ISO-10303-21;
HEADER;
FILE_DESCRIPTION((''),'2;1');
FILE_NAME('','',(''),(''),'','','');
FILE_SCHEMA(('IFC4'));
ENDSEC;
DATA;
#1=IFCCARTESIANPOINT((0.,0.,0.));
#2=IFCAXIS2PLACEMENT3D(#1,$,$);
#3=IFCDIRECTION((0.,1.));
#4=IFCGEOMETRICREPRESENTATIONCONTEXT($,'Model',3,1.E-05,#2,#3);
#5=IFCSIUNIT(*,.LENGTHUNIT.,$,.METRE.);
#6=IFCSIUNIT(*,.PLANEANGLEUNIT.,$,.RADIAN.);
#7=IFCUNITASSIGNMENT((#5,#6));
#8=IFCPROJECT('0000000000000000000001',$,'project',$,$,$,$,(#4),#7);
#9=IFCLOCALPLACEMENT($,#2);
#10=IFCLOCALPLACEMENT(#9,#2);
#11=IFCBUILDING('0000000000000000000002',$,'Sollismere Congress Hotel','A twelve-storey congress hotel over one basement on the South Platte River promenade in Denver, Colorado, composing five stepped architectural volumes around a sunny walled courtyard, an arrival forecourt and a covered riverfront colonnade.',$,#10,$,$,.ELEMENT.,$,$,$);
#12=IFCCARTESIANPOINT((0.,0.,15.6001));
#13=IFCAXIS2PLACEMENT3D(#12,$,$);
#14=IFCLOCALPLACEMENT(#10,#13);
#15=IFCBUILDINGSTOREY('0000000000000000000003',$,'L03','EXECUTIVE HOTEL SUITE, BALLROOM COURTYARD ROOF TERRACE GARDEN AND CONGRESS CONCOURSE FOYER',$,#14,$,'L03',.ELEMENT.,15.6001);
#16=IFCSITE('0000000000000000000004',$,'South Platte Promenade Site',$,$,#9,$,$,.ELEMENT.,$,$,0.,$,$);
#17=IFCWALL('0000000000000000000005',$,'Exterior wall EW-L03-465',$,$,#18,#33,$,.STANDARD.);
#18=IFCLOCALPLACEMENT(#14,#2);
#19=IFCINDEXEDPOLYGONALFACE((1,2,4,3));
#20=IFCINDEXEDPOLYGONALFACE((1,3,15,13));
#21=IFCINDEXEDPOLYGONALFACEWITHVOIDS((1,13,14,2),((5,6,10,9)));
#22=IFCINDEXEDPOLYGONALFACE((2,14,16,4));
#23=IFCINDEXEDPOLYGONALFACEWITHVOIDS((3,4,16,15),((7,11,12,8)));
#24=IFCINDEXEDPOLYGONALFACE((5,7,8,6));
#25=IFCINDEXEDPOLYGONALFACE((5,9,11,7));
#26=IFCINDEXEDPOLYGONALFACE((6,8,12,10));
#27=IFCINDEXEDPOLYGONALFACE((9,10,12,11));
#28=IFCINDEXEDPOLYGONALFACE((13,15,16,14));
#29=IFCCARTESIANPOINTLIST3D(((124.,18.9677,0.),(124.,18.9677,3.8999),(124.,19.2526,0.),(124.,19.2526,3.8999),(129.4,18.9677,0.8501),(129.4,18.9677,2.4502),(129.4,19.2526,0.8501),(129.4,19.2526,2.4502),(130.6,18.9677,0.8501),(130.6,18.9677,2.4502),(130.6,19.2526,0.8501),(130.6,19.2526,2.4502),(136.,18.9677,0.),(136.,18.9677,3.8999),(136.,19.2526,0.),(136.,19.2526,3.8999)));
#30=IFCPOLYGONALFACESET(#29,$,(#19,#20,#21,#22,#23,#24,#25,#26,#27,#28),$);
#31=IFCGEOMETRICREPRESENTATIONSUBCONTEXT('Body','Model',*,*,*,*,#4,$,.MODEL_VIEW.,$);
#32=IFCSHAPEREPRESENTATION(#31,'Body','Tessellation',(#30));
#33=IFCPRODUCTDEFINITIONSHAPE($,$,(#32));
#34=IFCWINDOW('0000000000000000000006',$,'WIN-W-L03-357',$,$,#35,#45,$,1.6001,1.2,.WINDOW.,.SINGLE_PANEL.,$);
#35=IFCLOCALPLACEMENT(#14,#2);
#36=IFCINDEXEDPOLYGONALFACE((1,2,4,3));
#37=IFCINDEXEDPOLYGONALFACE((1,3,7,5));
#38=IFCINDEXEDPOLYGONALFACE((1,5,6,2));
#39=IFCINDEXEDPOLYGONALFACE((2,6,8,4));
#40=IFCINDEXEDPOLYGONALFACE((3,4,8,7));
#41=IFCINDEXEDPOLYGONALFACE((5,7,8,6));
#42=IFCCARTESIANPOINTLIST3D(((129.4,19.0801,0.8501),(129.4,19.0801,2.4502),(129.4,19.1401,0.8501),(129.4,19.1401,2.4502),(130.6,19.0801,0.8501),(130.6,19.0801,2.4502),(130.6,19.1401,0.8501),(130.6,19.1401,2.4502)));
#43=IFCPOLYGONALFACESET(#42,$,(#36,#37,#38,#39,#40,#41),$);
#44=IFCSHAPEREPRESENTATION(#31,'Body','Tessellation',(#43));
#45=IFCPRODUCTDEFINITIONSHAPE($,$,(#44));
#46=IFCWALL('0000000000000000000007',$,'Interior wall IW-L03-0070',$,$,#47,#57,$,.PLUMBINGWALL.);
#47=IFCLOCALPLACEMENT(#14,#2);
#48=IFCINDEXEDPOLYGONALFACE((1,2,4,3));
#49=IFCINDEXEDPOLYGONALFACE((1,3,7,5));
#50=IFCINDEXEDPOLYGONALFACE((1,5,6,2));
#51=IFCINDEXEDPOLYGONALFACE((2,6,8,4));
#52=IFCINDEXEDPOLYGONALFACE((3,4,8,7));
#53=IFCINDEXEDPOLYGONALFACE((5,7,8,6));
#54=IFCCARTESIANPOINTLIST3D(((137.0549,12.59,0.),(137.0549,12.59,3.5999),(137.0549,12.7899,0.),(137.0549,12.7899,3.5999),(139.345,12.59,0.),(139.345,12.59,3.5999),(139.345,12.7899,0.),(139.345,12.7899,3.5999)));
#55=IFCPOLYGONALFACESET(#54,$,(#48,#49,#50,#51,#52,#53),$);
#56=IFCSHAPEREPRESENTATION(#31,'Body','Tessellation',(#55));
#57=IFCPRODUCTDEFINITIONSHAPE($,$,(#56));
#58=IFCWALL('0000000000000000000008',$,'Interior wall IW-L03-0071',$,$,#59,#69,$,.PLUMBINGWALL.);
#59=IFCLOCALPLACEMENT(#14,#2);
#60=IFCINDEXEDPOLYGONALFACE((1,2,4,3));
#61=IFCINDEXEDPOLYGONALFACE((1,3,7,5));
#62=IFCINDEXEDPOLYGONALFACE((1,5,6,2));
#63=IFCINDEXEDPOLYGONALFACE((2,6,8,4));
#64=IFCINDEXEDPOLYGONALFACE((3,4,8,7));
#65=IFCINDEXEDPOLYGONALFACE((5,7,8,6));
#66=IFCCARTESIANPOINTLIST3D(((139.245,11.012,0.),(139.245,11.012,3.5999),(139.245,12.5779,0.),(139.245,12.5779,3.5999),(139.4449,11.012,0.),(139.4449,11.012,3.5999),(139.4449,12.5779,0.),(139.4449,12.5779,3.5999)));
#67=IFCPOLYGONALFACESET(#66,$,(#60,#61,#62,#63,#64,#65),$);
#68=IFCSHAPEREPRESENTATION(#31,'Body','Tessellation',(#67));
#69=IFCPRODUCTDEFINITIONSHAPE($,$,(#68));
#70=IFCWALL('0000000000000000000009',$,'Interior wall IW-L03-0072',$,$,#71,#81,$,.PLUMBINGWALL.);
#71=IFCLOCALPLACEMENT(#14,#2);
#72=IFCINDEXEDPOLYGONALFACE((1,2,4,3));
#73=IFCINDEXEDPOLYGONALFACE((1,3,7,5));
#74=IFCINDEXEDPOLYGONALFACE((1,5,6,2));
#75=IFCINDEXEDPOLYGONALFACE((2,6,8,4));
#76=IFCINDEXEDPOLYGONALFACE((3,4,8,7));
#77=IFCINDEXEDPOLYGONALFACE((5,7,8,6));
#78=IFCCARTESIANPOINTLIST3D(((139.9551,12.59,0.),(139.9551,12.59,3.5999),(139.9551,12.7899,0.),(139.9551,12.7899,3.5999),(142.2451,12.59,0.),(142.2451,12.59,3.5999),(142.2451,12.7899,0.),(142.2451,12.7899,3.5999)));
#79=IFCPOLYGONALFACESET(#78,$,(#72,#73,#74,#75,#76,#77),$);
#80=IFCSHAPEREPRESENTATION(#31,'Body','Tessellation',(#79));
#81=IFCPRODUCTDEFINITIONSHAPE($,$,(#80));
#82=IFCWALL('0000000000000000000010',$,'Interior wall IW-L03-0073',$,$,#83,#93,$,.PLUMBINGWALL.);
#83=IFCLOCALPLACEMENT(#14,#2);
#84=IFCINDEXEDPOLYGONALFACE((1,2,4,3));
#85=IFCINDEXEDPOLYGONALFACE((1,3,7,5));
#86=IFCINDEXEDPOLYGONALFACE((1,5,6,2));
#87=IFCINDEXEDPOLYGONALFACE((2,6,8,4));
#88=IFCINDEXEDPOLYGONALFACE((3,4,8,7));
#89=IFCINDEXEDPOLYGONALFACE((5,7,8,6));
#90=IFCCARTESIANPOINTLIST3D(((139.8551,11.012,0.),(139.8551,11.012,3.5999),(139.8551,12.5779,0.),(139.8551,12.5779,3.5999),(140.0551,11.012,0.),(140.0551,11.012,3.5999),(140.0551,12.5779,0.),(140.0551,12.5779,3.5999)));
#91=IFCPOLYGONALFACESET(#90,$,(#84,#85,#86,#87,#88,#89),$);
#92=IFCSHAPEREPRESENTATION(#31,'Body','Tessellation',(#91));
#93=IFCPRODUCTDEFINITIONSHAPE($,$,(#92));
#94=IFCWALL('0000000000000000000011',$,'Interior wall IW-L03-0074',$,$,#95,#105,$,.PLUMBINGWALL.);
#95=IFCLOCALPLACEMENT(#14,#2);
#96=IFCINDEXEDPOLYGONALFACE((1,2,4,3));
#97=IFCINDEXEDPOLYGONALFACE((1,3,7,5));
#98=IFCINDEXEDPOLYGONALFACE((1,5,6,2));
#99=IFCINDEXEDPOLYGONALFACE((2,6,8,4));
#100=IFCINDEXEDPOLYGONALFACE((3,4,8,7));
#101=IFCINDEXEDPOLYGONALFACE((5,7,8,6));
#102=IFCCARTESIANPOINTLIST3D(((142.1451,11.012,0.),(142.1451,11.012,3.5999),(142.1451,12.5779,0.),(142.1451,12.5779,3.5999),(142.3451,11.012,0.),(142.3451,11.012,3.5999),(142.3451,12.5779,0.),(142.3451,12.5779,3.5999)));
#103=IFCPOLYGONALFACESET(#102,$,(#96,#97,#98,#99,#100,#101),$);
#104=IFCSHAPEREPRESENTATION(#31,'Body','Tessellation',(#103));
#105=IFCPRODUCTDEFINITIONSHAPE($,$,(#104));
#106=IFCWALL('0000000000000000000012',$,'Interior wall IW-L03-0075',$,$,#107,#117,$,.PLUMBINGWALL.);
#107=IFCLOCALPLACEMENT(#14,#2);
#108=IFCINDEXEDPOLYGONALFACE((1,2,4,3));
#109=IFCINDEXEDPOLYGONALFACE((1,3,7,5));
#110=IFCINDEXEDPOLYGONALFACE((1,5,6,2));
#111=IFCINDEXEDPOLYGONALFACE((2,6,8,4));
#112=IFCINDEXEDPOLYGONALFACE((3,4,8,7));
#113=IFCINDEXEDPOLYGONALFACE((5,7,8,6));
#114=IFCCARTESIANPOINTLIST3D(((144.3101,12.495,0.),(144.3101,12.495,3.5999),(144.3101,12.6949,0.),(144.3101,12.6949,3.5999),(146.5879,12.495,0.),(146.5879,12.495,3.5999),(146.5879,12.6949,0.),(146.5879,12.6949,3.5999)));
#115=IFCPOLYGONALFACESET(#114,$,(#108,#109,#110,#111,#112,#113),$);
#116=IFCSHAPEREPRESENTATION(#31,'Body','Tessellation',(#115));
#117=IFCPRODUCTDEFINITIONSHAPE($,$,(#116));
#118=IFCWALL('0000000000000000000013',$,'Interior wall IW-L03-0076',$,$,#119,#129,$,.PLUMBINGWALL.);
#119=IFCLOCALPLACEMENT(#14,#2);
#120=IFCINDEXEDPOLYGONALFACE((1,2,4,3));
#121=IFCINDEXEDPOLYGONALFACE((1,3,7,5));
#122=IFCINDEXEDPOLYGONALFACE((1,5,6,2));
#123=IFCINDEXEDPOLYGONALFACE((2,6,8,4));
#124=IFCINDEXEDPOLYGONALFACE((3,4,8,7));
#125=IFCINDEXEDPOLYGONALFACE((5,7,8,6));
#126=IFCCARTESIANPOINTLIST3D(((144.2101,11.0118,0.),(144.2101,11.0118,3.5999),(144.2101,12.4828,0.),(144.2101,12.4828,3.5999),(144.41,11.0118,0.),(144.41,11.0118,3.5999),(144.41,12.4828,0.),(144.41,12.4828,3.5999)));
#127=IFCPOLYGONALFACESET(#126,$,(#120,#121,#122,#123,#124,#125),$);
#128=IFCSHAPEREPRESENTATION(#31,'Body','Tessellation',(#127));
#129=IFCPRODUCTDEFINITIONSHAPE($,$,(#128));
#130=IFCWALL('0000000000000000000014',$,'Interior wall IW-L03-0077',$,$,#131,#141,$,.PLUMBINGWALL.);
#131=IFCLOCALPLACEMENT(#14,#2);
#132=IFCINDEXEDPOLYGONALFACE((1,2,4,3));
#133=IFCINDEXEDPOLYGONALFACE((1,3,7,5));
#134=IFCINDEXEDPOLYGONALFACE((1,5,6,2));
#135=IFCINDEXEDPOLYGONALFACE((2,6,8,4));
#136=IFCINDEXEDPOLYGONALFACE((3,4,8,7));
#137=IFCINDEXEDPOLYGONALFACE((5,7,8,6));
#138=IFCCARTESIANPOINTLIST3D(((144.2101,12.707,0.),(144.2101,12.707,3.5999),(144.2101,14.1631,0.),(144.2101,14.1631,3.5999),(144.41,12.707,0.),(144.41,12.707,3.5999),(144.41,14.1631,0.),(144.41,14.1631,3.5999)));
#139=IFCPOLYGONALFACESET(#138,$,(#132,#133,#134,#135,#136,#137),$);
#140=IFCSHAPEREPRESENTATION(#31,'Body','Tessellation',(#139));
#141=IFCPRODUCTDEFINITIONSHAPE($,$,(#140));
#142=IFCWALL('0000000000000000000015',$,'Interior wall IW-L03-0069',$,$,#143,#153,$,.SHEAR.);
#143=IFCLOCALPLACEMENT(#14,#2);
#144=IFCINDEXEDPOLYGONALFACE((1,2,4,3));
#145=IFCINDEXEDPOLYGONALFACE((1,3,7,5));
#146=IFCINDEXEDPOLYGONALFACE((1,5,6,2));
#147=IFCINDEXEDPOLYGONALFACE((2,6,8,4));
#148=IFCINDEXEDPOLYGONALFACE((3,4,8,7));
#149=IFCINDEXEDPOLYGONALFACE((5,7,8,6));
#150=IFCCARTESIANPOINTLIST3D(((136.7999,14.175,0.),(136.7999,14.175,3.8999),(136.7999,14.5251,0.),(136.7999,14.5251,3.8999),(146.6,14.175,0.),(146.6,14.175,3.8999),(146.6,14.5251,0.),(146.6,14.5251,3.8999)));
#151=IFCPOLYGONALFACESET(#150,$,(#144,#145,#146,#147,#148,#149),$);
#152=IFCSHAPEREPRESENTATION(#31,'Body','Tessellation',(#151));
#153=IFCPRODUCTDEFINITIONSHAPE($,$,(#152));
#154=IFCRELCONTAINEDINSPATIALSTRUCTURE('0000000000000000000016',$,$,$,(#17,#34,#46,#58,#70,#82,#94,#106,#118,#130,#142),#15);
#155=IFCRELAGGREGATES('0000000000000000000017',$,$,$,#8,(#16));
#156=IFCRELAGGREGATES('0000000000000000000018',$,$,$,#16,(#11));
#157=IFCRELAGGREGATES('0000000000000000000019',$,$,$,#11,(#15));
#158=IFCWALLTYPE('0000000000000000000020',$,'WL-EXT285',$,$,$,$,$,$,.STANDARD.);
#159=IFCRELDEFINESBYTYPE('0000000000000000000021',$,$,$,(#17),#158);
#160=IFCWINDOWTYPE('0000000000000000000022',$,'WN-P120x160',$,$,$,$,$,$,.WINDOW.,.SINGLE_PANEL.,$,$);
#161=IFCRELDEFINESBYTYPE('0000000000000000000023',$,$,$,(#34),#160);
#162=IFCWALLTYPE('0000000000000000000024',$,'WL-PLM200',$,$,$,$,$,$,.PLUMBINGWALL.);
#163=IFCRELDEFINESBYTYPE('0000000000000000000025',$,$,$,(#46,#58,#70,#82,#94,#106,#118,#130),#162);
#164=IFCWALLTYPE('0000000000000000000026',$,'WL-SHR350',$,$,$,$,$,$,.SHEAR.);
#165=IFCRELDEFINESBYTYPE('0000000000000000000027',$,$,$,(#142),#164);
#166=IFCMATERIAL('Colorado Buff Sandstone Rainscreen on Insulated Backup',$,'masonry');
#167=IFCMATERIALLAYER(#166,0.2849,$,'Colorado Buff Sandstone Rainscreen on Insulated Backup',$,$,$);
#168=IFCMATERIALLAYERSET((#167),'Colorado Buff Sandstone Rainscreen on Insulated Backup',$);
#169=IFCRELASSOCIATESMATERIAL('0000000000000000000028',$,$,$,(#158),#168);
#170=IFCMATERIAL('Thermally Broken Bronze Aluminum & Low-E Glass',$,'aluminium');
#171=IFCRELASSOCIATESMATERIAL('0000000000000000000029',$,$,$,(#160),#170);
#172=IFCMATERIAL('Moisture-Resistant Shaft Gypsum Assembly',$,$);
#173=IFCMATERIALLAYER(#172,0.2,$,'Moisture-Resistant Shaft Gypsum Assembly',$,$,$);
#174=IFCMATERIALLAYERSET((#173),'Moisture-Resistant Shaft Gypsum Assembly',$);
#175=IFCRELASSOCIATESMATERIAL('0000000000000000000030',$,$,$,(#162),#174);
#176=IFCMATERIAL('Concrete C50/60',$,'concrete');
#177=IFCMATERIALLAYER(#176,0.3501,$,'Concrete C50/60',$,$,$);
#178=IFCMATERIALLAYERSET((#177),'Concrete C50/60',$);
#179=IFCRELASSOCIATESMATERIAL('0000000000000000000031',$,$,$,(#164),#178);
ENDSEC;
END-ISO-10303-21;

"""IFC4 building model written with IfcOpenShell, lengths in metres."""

from ifc_helpers import new_model, si_unit, direction, frame, frame_2d, origin, place, context, subcontext, project, spatial, rectangle, extrude, material, layer, layer_set, type_object, element, fill, save


model = new_model("IFC4")

# Units and contexts
model_context = context("Model", 3, precision=1e-05, world=origin(), true_north=direction((0.0, 1.0)))
body_context = subcontext(model_context, "Body", "Model", "MODEL_VIEW")
ifc_project = project(units=[si_unit("LENGTHUNIT", "METRE"), si_unit("PLANEANGLEUNIT", "RADIAN")], contexts=[model_context])

# Site, building, storey
site_placement = place(None, origin())
site = spatial("IfcSite", under=ifc_project, at=site_placement, Name="South Platte Promenade Site", CompositionType="ELEMENT", RefElevation=0.0)
building_placement = place(site_placement, origin())
building = spatial("IfcBuilding", under=site, at=building_placement, Name="Sollismere Congress Hotel", Description="A twelve-storey congress hotel over one basement on the South Platte River promenade in Denver, Colorado, composing five stepped architectural volumes around a sunny walled courtyard, an arrival forecourt and a covered riverfront colonnade.", CompositionType="ELEMENT")
storey_placement = place(building_placement, frame((0.0, 0.0, 15.6001)))
storey = spatial("IfcBuildingStorey", under=building, at=storey_placement, Name="L03", Description="EXECUTIVE HOTEL SUITE, BALLROOM COURTYARD ROOF TERRACE GARDEN AND CONGRESS CONCOURSE FOYER", LongName="L03", CompositionType="ELEMENT", Elevation=15.6001)

# Wall, opening, window
ifc_material_1 = material(Name="Colorado Buff Sandstone Rainscreen on Insulated Backup", Category="masonry")
ifc_layer_1 = layer(ifc_material_1, 0.2849, Name="Colorado Buff Sandstone Rainscreen on Insulated Backup")
ifc_layer_set_1 = layer_set([ifc_layer_1], Name="Colorado Buff Sandstone Rainscreen on Insulated Backup")
wall_type_1 = type_object("IfcWallType", Name="WL-EXT285", PredefinedType="STANDARD", material=ifc_layer_set_1)
wall_1_placement = place(storey_placement, frame((136.0, 19.1101, 0.0), z_axis=(0.0, 0.0, 1.0), x_axis=(-1.0, 0.0, 0.0)))
wall_1 = element("IfcWall", 1, at=wall_1_placement, inside=storey, type_object=wall_type_1, Name="Exterior wall EW-L03-465", PredefinedType="STANDARD", context=body_context, shape_type="SweptSolid", body=[
    extrude(rectangle(XDim=12.0, YDim=0.2849, at=frame_2d((6.0, 0.0))), origin(), (0.0, 0.0, 1.0), 3.8999),
])
opening_1_placement = place(wall_1_placement, frame((5.3999, 0.0, 0.8501)))
opening_1 = element("IfcOpeningElement", 2, at=opening_1_placement, cuts=wall_1, PredefinedType="OPENING", context=body_context, shape_type="SweptSolid", body=[
    extrude(rectangle(XDim=1.2, YDim=1.6001, at=frame_2d((0.6001, 0.8))), frame((0.0, 0.1523, 0.0), z_axis=(0.0, -1.0, 0.0), x_axis=(1.0, 0.0, 0.0)), (0.0, 0.0, 1.0), 0.3049),
])
ifc_material_2 = material(Name="Thermally Broken Bronze Aluminum & Low-E Glass", Category="aluminium")
window_type = type_object("IfcWindowType", Name="WN-P120x160", PartitioningType="SINGLE_PANEL", PredefinedType="WINDOW", material=ifc_material_2)
window_placement = place(opening_1_placement, origin())
window = element("IfcWindow", 3, at=window_placement, inside=storey, type_object=window_type, Name="WIN-W-L03-357", OverallHeight=1.6001, OverallWidth=1.2, PartitioningType="SINGLE_PANEL", PredefinedType="WINDOW", context=body_context, shape_type="SweptSolid", body=[
    extrude(rectangle(XDim=1.2, YDim=1.6001, at=frame_2d((0.6001, 0.8))), frame((0.0, 0.03, 0.0), z_axis=(0.0, -1.0, 0.0), x_axis=(1.0, 0.0, 0.0)), (0.0, 0.0, 1.0), 0.0601),
])
fill(opening_1, window)

# Walls
ifc_material_3 = material(Name="Moisture-Resistant Shaft Gypsum Assembly")
ifc_layer_2 = layer(ifc_material_3, 0.2, Name="Moisture-Resistant Shaft Gypsum Assembly")
ifc_layer_set_2 = layer_set([ifc_layer_2], Name="Moisture-Resistant Shaft Gypsum Assembly")
wall_type_2 = type_object("IfcWallType", Name="WL-PLM200", PredefinedType="PLUMBINGWALL", material=ifc_layer_set_2)
wall_2_placement = place(storey_placement, frame((137.0549, 12.6899, 0.0), z_axis=(0.0, 0.0, 1.0), x_axis=(1.0, 0.0, 0.0)))
element("IfcWall", 4, at=wall_2_placement, inside=storey, type_object=wall_type_2, Name="Interior wall IW-L03-0070", PredefinedType="PLUMBINGWALL", context=body_context, shape_type="SweptSolid", body=[
    extrude(rectangle(XDim=2.29, YDim=0.2, at=frame_2d((1.145, 0.0))), origin(), (0.0, 0.0, 1.0), 3.5999),
])
wall_3_placement = place(storey_placement, frame((139.345, 11.012, 0.0), z_axis=(0.0, 0.0, 1.0), x_axis=(0.0, 1.0, 0.0)))
element("IfcWall", 5, at=wall_3_placement, inside=storey, type_object=wall_type_2, Name="Interior wall IW-L03-0071", PredefinedType="PLUMBINGWALL", context=body_context, shape_type="SweptSolid", body=[
    extrude(rectangle(XDim=1.5659, YDim=0.2, at=frame_2d((0.783, 0.0))), origin(), (0.0, 0.0, 1.0), 3.5999),
])
wall_4_placement = place(storey_placement, frame((139.9551, 12.6899, 0.0), z_axis=(0.0, 0.0, 1.0), x_axis=(1.0, 0.0, 0.0)))
element("IfcWall", 6, at=wall_4_placement, inside=storey, type_object=wall_type_2, Name="Interior wall IW-L03-0072", PredefinedType="PLUMBINGWALL", context=body_context, shape_type="SweptSolid", body=[
    extrude(rectangle(XDim=2.29, YDim=0.2, at=frame_2d((1.145, 0.0))), origin(), (0.0, 0.0, 1.0), 3.5999),
])
for number, where, z_axis, x_axis, name in (
    (7, (139.9551, 11.012, 0.0), (0.0, 0.0, 1.0), (0.0, 1.0, 0.0), "Interior wall IW-L03-0073"),
    (8, (142.2451, 11.012, 0.0), (0.0, 0.0, 1.0), (0.0, 1.0, 0.0), "Interior wall IW-L03-0074"),
):
    element("IfcWall", number, at=place(storey_placement, frame(where, z_axis=z_axis, x_axis=x_axis)), inside=storey, type_object=wall_type_2, Name=name, PredefinedType="PLUMBINGWALL", context=body_context, shape_type="SweptSolid", body=[
        extrude(rectangle(XDim=1.5659, YDim=0.2, at=frame_2d((0.783, 0.0))), origin(), (0.0, 0.0, 1.0), 3.5999),
    ])
wall_5_placement = place(storey_placement, frame((144.3101, 12.595, 0.0), z_axis=(0.0, 0.0, 1.0), x_axis=(1.0, 0.0, 0.0)))
element("IfcWall", 9, at=wall_5_placement, inside=storey, type_object=wall_type_2, Name="Interior wall IW-L03-0075", PredefinedType="PLUMBINGWALL", context=body_context, shape_type="SweptSolid", body=[
    extrude(rectangle(XDim=2.2778, YDim=0.2, at=frame_2d((1.1389, 0.0))), origin(), (0.0, 0.0, 1.0), 3.5999),
])
wall_6_placement = place(storey_placement, frame((144.3101, 11.012, 0.0), z_axis=(0.0, 0.0, 1.0), x_axis=(0.0, 1.0, 0.0)))
element("IfcWall", 10, at=wall_6_placement, inside=storey, type_object=wall_type_2, Name="Interior wall IW-L03-0076", PredefinedType="PLUMBINGWALL", context=body_context, shape_type="SweptSolid", body=[
    extrude(rectangle(XDim=1.4709, YDim=0.2, at=frame_2d((0.7354, 0.0))), origin(), (0.0, 0.0, 1.0), 3.5999),
])
wall_7_placement = place(storey_placement, frame((144.3101, 12.707, 0.0), z_axis=(0.0, 0.0, 1.0), x_axis=(0.0, 1.0, 0.0)))
element("IfcWall", 11, at=wall_7_placement, inside=storey, type_object=wall_type_2, Name="Interior wall IW-L03-0077", PredefinedType="PLUMBINGWALL", context=body_context, shape_type="SweptSolid", body=[
    extrude(rectangle(XDim=1.4561, YDim=0.2, at=frame_2d((0.728, 0.0))), origin(), (0.0, 0.0, 1.0), 3.5999),
])
ifc_material_4 = material(Name="Concrete C50/60", Category="concrete")
ifc_layer_3 = layer(ifc_material_4, 0.3501, Name="Concrete C50/60")
ifc_layer_set_3 = layer_set([ifc_layer_3], Name="Concrete C50/60")
wall_type_3 = type_object("IfcWallType", Name="WL-SHR350", PredefinedType="SHEAR", material=ifc_layer_set_3)
wall_8_placement = place(storey_placement, frame((136.8, 14.3501, 0.0), z_axis=(0.0, 0.0, 1.0), x_axis=(1.0, 0.0, 0.0)))
element("IfcWall", 12, at=wall_8_placement, inside=storey, type_object=wall_type_3, Name="Interior wall IW-L03-0069", PredefinedType="SHEAR", context=body_context, shape_type="SweptSolid", body=[
    extrude(rectangle(XDim=9.8, YDim=0.3501, at=frame_2d((4.8999, 0.0))), origin(), (0.0, 0.0, 1.0), 3.8999),
])

save(model, "model.ifc")
